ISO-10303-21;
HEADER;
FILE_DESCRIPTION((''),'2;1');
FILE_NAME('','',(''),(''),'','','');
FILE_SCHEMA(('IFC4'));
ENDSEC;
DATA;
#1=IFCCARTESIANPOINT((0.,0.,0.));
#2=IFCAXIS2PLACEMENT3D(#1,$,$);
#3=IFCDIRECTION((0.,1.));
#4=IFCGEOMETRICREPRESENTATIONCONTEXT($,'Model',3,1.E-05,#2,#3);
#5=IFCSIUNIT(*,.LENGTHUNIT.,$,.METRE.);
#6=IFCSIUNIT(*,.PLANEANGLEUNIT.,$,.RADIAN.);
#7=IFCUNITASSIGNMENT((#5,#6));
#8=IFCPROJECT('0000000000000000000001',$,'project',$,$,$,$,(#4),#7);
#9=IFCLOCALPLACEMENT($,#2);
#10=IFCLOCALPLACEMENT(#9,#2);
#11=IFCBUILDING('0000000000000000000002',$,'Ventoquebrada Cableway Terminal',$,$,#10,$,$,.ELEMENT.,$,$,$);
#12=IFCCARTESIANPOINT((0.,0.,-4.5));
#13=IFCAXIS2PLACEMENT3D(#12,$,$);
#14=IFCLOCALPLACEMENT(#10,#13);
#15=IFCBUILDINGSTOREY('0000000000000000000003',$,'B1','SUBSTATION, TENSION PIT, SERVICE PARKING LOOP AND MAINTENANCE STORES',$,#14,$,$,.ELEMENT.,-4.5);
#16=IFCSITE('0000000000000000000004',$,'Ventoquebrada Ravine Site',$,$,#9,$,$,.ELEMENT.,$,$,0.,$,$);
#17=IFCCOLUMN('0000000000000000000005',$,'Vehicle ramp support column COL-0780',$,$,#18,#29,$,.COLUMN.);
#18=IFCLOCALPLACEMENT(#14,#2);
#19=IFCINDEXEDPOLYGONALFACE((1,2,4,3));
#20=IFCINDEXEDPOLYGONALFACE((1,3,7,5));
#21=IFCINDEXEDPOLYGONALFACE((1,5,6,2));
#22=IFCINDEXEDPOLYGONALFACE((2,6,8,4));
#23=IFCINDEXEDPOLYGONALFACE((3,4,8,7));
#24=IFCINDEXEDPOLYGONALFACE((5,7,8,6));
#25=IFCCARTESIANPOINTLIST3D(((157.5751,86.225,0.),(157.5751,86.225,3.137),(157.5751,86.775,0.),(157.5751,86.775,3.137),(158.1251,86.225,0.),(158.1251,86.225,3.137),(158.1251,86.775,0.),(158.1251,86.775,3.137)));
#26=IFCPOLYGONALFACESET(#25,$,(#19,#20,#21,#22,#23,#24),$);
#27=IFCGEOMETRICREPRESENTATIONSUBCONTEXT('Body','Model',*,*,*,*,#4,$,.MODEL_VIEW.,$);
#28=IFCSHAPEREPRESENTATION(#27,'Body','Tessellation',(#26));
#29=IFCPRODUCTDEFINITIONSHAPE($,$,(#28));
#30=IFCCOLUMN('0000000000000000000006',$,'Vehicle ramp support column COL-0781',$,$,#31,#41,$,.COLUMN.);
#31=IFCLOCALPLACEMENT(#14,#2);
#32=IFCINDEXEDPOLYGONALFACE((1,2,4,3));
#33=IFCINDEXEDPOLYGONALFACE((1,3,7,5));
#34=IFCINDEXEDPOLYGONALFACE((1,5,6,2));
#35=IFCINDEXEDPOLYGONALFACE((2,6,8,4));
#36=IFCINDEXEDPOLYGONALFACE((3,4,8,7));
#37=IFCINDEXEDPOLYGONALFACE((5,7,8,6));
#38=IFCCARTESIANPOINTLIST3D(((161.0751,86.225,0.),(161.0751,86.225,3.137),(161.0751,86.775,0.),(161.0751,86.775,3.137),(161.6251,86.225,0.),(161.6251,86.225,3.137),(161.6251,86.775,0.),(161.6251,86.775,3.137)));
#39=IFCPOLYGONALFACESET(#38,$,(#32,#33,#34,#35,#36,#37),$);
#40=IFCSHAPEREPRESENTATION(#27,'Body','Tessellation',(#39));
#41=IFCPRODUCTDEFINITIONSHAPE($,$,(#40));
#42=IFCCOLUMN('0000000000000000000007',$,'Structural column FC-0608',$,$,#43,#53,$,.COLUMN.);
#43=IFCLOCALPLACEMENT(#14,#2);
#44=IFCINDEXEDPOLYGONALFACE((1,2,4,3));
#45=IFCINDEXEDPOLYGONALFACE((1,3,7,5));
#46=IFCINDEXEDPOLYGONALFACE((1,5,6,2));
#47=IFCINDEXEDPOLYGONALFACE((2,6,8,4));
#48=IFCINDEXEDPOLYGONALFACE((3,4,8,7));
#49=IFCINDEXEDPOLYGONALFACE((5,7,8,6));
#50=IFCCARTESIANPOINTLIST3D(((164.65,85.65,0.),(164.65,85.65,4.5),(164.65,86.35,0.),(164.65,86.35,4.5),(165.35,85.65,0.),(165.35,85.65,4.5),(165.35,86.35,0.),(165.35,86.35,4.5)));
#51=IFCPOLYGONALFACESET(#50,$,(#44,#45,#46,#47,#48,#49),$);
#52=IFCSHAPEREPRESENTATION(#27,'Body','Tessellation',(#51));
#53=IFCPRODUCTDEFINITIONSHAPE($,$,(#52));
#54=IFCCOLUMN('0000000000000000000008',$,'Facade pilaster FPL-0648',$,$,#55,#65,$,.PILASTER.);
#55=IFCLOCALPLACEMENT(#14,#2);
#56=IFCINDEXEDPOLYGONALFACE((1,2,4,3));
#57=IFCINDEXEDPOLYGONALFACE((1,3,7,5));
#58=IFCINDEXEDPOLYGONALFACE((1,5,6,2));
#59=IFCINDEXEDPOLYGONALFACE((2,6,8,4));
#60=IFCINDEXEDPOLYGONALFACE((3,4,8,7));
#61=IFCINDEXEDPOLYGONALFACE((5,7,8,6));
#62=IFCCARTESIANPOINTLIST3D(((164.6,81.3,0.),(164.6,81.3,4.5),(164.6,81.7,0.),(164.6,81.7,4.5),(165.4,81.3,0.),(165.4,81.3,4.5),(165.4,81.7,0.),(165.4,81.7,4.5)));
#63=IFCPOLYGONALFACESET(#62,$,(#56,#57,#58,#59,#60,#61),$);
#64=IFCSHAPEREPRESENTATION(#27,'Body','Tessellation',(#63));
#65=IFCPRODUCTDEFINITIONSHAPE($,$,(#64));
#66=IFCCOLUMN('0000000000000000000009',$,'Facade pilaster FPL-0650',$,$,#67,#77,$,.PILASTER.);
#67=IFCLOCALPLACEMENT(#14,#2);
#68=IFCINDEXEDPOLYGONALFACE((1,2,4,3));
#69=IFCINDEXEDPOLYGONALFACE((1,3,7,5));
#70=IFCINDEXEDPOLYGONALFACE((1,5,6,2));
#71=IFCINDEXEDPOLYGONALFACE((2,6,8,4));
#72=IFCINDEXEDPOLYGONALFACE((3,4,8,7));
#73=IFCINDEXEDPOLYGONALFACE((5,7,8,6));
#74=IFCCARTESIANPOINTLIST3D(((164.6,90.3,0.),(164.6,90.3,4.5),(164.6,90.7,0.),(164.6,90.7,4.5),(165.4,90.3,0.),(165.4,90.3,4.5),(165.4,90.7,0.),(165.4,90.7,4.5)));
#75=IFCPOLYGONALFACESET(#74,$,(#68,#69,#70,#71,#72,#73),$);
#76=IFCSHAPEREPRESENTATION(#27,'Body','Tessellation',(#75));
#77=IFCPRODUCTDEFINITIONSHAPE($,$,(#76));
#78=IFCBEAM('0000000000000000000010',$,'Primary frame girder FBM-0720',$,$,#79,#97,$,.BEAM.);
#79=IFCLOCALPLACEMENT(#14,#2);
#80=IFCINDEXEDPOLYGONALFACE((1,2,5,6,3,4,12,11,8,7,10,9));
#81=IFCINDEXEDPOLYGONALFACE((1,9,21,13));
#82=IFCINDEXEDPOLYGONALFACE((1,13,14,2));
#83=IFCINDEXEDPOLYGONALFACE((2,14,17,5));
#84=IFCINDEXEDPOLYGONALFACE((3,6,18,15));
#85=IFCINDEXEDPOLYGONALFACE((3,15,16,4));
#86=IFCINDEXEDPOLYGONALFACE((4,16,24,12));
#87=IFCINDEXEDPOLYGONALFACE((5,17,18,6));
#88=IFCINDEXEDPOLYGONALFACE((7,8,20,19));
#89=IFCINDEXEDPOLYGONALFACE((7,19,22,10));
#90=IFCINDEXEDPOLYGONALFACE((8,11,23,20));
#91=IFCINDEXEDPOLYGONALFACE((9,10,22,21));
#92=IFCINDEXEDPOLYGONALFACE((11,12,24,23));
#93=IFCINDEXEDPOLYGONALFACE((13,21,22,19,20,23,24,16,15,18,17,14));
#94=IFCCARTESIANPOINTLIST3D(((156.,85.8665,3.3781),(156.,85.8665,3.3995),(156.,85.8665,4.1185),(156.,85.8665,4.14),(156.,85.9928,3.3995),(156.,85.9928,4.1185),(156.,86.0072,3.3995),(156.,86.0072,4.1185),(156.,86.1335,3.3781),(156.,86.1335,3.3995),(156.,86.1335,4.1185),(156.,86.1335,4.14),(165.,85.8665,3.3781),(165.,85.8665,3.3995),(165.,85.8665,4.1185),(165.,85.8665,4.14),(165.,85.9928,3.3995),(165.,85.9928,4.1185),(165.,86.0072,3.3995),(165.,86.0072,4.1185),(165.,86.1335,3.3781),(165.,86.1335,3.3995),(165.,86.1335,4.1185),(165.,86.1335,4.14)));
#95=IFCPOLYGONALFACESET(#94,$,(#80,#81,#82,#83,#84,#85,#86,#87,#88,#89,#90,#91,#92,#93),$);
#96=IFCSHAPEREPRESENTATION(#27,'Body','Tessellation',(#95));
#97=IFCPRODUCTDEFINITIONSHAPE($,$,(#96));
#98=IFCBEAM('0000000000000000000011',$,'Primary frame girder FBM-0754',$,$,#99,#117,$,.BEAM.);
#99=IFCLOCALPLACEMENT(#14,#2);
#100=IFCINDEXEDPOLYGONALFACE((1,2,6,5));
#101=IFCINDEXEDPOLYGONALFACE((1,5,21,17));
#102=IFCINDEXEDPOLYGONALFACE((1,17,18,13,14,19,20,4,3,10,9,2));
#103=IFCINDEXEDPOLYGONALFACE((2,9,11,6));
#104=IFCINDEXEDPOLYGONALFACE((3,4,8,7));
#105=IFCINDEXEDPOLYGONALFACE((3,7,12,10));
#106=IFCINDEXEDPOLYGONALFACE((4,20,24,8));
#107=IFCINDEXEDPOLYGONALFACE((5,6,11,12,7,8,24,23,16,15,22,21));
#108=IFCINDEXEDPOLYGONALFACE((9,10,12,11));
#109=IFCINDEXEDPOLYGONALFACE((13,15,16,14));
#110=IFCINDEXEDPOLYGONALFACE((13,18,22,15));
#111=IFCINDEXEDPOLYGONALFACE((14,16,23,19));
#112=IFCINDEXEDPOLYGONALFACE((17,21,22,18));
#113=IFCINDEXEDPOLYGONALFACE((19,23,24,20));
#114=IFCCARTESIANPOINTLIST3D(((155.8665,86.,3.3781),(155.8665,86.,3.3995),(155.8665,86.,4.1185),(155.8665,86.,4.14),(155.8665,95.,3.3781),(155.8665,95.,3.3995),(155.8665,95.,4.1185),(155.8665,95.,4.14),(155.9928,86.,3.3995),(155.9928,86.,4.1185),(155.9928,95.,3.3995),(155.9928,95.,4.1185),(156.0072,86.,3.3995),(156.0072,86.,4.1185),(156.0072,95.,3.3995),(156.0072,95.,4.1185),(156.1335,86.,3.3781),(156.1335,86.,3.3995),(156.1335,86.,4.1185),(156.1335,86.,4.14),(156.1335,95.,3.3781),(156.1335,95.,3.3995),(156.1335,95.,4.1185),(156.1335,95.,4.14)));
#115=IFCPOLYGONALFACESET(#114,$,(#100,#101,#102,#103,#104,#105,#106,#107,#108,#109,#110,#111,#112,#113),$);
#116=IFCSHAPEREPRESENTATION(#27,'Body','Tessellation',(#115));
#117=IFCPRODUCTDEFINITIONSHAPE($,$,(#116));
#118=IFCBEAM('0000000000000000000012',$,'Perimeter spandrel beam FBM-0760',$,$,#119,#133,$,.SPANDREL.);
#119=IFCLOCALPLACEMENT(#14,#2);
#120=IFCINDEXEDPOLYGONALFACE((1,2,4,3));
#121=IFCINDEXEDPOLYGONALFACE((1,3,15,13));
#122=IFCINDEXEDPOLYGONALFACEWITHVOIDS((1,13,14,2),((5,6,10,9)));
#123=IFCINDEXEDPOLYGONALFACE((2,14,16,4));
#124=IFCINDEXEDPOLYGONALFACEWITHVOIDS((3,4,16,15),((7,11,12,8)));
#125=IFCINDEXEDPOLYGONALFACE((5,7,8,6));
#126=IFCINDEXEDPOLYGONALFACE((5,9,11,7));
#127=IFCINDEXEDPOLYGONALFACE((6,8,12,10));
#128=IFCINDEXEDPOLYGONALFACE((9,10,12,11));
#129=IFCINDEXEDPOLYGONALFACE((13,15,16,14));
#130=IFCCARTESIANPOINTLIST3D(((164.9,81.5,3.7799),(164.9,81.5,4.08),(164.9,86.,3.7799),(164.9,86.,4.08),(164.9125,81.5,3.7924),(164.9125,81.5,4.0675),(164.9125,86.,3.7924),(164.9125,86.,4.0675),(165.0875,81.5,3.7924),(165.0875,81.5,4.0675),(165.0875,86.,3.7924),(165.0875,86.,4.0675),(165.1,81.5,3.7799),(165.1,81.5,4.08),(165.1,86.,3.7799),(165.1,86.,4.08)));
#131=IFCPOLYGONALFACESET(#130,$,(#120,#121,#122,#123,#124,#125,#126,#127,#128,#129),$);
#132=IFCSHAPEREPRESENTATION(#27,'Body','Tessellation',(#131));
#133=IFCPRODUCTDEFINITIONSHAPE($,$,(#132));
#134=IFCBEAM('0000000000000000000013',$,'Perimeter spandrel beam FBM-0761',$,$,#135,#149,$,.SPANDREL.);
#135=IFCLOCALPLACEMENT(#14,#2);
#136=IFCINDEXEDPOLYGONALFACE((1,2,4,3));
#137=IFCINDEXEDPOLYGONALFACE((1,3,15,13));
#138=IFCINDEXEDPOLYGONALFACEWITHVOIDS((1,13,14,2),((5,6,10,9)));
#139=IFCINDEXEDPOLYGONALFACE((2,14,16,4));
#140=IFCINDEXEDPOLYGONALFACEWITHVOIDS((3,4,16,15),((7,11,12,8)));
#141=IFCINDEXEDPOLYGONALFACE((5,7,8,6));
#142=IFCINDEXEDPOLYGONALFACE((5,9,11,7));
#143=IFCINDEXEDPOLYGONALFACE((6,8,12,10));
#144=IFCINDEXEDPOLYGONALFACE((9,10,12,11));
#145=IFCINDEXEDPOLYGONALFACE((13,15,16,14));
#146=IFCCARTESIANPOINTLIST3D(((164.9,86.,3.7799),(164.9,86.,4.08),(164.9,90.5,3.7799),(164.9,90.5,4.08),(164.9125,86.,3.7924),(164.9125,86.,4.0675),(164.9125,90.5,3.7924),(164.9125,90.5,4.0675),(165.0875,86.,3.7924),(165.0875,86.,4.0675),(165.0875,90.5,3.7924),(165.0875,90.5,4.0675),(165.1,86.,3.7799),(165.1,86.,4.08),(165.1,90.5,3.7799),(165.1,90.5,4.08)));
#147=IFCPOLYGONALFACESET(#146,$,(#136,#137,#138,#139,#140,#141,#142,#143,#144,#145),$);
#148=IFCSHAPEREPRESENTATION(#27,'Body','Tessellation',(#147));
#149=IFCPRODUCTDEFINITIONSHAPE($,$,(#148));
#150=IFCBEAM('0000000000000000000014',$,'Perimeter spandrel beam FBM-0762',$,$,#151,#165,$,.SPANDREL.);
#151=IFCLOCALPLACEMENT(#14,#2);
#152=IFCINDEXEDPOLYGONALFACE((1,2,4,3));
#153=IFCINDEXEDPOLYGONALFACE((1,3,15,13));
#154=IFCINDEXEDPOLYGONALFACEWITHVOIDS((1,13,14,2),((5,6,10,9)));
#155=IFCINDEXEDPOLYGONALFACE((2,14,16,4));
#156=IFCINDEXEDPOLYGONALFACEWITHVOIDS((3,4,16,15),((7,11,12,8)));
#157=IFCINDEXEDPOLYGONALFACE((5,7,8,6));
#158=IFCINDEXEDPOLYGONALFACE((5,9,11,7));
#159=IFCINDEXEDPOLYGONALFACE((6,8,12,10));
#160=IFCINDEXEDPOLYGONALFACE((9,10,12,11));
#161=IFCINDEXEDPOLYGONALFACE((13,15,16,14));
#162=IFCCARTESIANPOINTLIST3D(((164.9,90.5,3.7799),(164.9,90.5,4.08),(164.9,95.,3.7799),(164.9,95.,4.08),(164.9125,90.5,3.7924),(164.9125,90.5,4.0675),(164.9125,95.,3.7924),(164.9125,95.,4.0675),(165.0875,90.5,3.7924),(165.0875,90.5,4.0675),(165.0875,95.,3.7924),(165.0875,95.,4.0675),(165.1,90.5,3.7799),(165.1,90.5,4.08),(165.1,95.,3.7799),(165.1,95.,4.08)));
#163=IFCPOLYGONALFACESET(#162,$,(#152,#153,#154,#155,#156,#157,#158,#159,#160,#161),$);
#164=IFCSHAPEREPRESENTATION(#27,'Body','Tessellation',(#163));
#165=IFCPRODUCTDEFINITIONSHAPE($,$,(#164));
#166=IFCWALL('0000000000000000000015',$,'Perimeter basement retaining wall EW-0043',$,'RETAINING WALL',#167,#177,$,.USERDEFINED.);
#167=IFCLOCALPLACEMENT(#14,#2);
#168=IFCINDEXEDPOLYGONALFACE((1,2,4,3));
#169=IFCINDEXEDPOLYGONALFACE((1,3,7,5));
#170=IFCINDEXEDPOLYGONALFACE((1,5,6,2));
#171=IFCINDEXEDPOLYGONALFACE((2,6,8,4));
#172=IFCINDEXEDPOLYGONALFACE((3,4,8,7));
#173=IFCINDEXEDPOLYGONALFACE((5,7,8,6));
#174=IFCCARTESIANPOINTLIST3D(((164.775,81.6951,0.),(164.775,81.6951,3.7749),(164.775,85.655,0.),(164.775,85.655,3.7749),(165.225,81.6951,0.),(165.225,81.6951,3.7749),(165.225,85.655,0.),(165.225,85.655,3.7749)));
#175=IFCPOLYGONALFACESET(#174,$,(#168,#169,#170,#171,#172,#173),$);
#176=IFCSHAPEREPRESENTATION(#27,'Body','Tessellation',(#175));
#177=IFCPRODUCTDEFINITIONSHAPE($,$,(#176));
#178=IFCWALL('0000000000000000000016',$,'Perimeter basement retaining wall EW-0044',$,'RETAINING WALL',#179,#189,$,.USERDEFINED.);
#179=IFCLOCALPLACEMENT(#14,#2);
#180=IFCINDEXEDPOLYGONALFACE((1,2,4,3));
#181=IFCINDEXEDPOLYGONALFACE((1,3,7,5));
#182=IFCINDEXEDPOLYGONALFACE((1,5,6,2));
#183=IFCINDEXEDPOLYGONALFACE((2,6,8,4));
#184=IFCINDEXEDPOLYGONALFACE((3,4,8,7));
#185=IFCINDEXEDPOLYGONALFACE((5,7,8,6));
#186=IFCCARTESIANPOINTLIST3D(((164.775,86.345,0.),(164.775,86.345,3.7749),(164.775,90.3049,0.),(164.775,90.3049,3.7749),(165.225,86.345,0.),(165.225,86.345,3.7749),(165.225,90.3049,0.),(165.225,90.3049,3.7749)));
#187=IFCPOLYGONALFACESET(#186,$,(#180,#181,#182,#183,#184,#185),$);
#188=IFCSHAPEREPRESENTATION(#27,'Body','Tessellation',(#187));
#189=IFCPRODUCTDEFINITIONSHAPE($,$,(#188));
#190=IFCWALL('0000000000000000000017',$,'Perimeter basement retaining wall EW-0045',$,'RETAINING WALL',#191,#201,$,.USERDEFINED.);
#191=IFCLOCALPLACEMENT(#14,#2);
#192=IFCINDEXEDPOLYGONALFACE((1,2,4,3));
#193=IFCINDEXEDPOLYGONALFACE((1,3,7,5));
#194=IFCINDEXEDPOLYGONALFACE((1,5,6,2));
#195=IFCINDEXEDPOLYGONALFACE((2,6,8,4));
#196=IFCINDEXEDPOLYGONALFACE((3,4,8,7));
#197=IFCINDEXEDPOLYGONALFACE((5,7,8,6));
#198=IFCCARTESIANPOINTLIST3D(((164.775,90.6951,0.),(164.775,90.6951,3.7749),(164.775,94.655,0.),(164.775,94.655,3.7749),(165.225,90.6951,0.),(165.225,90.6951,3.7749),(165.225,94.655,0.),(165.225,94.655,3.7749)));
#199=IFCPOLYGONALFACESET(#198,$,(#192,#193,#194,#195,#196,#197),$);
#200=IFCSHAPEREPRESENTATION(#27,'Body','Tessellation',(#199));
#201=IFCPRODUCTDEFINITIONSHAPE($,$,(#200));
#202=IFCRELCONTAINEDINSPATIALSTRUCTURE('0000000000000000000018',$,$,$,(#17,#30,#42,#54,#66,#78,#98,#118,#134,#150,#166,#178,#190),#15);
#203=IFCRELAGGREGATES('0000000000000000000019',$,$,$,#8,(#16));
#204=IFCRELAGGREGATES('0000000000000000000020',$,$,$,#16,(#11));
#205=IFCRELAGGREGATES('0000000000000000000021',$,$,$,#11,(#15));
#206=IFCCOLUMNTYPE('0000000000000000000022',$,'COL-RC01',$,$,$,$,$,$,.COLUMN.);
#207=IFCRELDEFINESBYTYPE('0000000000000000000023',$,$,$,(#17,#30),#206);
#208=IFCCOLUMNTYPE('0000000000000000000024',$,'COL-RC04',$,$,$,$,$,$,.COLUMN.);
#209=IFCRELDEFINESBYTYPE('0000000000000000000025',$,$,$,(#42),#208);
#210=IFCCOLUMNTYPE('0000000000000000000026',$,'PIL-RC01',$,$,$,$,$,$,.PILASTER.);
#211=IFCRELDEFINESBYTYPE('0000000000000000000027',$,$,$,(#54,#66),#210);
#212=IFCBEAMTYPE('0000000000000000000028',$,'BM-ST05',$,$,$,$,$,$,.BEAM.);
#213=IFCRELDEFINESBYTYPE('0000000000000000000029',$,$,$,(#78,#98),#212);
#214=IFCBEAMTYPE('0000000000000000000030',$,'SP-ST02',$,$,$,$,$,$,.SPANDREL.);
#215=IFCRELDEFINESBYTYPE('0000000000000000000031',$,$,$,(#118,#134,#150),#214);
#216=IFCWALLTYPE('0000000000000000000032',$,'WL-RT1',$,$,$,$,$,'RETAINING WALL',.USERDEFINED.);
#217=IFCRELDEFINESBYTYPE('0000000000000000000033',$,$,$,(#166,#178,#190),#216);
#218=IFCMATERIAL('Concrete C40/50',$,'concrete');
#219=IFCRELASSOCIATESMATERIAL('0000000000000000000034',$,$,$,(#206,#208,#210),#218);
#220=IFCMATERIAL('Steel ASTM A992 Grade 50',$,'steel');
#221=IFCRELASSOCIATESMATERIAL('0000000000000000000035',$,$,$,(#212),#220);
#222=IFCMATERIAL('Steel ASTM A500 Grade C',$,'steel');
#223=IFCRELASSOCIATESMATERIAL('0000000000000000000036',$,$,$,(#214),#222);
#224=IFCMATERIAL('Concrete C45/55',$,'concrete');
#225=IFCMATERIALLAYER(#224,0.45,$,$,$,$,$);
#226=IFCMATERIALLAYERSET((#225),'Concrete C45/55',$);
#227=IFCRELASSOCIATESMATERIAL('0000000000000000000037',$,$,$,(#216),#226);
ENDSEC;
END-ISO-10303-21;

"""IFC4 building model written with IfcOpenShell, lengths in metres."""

from ifc_helpers import new_model, si_unit, direction, frame, frame_2d, origin, origin_2d, place, context, subcontext, project, spatial, rectangle, hollow_rectangle, i_section, extrude, material, layer, layer_set, material_profile, profile_set, type_object, element, save


model = new_model("IFC4")

# Units and contexts
model_context = context("Model", 3, precision=1e-05, world=origin(), true_north=direction((0.0, 1.0)))
body_context = subcontext(model_context, "Body", "Model", "MODEL_VIEW")
ifc_project = project(units=[si_unit("LENGTHUNIT", "METRE"), si_unit("PLANEANGLEUNIT", "RADIAN")], contexts=[model_context])

# Site, building, storey
site_placement = place(None, origin())
site = spatial("IfcSite", under=ifc_project, at=site_placement, Name="Ventoquebrada Ravine Site", CompositionType="ELEMENT", RefElevation=0.0)
building_placement = place(site_placement, origin())
building = spatial("IfcBuilding", under=site, at=building_placement, Name="Ventoquebrada Cableway Terminal", CompositionType="ELEMENT")
storey_placement = place(building_placement, frame((0.0, 0.0, -4.5)))
storey = spatial("IfcBuildingStorey", under=building, at=storey_placement, Name="B1", Description="SUBSTATION, TENSION PIT, SERVICE PARKING LOOP AND MAINTENANCE STORES", CompositionType="ELEMENT", Elevation=-4.5)

# Shared definitions
ifc_material_1 = material(Name="Concrete C40/50", Category="concrete")

# Columns
ifc_material_profile_1 = material_profile(ifc_material_1, rectangle(XDim=0.55, YDim=0.55, at=origin_2d()), Name="RC-COL-550X550")
ifc_profile_set_1 = profile_set([ifc_material_profile_1], Name="Concrete C40/50")
column_type_1 = type_object("IfcColumnType", Name="COL-RC01", PredefinedType="COLUMN", material=ifc_profile_set_1)
for number, where, z_axis, x_axis, name in (
    (1, (157.8501, 86.5, 0.0), (0.0, 0.0, 1.0), (1.0, 0.0, 0.0), "Vehicle ramp support column COL-0780"),
    (2, (161.3501, 86.5, 0.0), (0.0, 0.0, 1.0), (1.0, 0.0, 0.0), "Vehicle ramp support column COL-0781"),
):
    element("IfcColumn", number, at=place(storey_placement, frame(where, z_axis=z_axis, x_axis=x_axis)), inside=storey, type_object=column_type_1, Name=name, PredefinedType="COLUMN", context=body_context, shape_type="SweptSolid", body=[
        extrude(rectangle(XDim=0.55, YDim=0.55, at=origin_2d()), origin(), (0.0, 0.0, 1.0), 3.137),
    ])
ifc_material_profile_2 = material_profile(ifc_material_1, rectangle(XDim=0.7, YDim=0.7, at=origin_2d()), Name="RC-COL-700X700")
ifc_profile_set_2 = profile_set([ifc_material_profile_2], Name="Concrete C40/50")
column_type_2 = type_object("IfcColumnType", Name="COL-RC04", PredefinedType="COLUMN", material=ifc_profile_set_2)
column_placement = place(storey_placement, frame((165.0, 86.0, 0.0), z_axis=(0.0, 0.0, 1.0), x_axis=(1.0, 0.0, 0.0)))
element("IfcColumn", 3, at=column_placement, inside=storey, type_object=column_type_2, Name="Structural column FC-0608", PredefinedType="COLUMN", context=body_context, shape_type="SweptSolid", body=[
    extrude(rectangle(XDim=0.7, YDim=0.7, at=origin_2d()), origin(), (0.0, 0.0, 1.0), 4.5),
])
ifc_material_profile_3 = material_profile(ifc_material_1, rectangle(XDim=0.3999, YDim=0.8, at=origin_2d()), Name="RC-PIL-400X800")
ifc_profile_set_3 = profile_set([ifc_material_profile_3], Name="Concrete C40/50")
column_type_3 = type_object("IfcColumnType", Name="PIL-RC01", PredefinedType="PILASTER", material=ifc_profile_set_3)
for number, where, z_axis, x_axis, name in (
    (4, (165.0, 81.5, 0.0), (0.0, 0.0, 1.0), (0.0, 1.0, 0.0), "Facade pilaster FPL-0648"),
    (5, (165.0, 90.5, 0.0), (0.0, 0.0, 1.0), (0.0, 1.0, 0.0), "Facade pilaster FPL-0650"),
):
    element("IfcColumn", number, at=place(storey_placement, frame(where, z_axis=z_axis, x_axis=x_axis)), inside=storey, type_object=column_type_3, Name=name, PredefinedType="PILASTER", context=body_context, shape_type="SweptSolid", body=[
        extrude(rectangle(XDim=0.3999, YDim=0.8, at=origin_2d()), origin(), (0.0, 0.0, 1.0), 4.5),
    ])

# Beams
ifc_material_2 = material(Name="Steel ASTM A992 Grade 50", Category="steel")
ifc_material_profile_4 = material_profile(ifc_material_2, i_section(OverallWidth=0.2671, OverallDepth=0.762, WebThickness=0.0144, FlangeThickness=0.0215, at=origin_2d()), Name="W30X116")
ifc_profile_set_4 = profile_set([ifc_material_profile_4], Name="Steel ASTM A992 Grade 50")
beam_type_1 = type_object("IfcBeamType", Name="BM-ST05", PredefinedType="BEAM", material=ifc_profile_set_4)
for number, where, z_axis, x_axis, name in (
    (6, (156.0, 86.0, 3.759), (1.0, 0.0, 0.0), (0.0, 1.0, 0.0), "Primary frame girder FBM-0720"),
    (7, (156.0, 86.0, 3.759), (0.0, 1.0, 0.0), (-1.0, 0.0, 0.0), "Primary frame girder FBM-0754"),
):
    element("IfcBeam", number, at=place(storey_placement, frame(where, z_axis=z_axis, x_axis=x_axis)), inside=storey, type_object=beam_type_1, Name=name, PredefinedType="BEAM", context=body_context, shape_type="SweptSolid", body=[
        extrude(i_section(OverallWidth=0.2671, OverallDepth=0.762, WebThickness=0.0144, FlangeThickness=0.0215, at=origin_2d()), origin(), (0.0, 0.0, 1.0), 9.0),
    ])
ifc_material_3 = material(Name="Steel ASTM A500 Grade C", Category="steel")
ifc_material_profile_5 = material_profile(ifc_material_3, hollow_rectangle(XDim=0.2, YDim=0.3, WallThickness=0.0125, at=origin_2d()), Name="RHS300X200X12.5")
ifc_profile_set_5 = profile_set([ifc_material_profile_5], Name="Steel ASTM A500 Grade C")
beam_type_2 = type_object("IfcBeamType", Name="SP-ST02", PredefinedType="SPANDREL", material=ifc_profile_set_5)
for number, where, z_axis, x_axis, name in (
    (8, (165.0, 81.5, 3.9299), (0.0, 1.0, 0.0), (-1.0, 0.0, 0.0), "Perimeter spandrel beam FBM-0760"),
    (9, (165.0, 86.0, 3.9299), (0.0, 1.0, 0.0), (-1.0, 0.0, 0.0), "Perimeter spandrel beam FBM-0761"),
    (10, (165.0, 90.5, 3.9299), (0.0, 1.0, 0.0), (-1.0, 0.0, 0.0), "Perimeter spandrel beam FBM-0762"),
):
    element("IfcBeam", number, at=place(storey_placement, frame(where, z_axis=z_axis, x_axis=x_axis)), inside=storey, type_object=beam_type_2, Name=name, PredefinedType="SPANDREL", context=body_context, shape_type="SweptSolid", body=[
        extrude(hollow_rectangle(XDim=0.2, YDim=0.3, WallThickness=0.0125, at=origin_2d()), origin(), (0.0, 0.0, 1.0), 4.5),
    ])

# Walls
ifc_material_4 = material(Name="Concrete C45/55", Category="concrete")
ifc_layer = layer(ifc_material_4, 0.45)
ifc_layer_set = layer_set([ifc_layer], Name="Concrete C45/55")
wall_type = type_object("IfcWallType", Name="WL-RT1", ElementType="RETAINING WALL", PredefinedType="USERDEFINED", material=ifc_layer_set)
for number, where, z_axis, x_axis, name in (
    (11, (165.0, 81.6951, 0.0), (0.0, 0.0, 1.0), (0.0, 1.0, 0.0), "Perimeter basement retaining wall EW-0043"),
    (12, (165.0, 86.345, 0.0), (0.0, 0.0, 1.0), (0.0, 1.0, 0.0), "Perimeter basement retaining wall EW-0044"),
    (13, (165.0, 90.6951, 0.0), (0.0, 0.0, 1.0), (0.0, 1.0, 0.0), "Perimeter basement retaining wall EW-0045"),
):
    element("IfcWall", number, at=place(storey_placement, frame(where, z_axis=z_axis, x_axis=x_axis)), inside=storey, type_object=wall_type, Name=name, ObjectType="RETAINING WALL", PredefinedType="USERDEFINED", context=body_context, shape_type="SweptSolid", body=[
        extrude(rectangle(XDim=3.96, YDim=0.45, at=frame_2d((1.98, 0.0))), origin(), (0.0, 0.0, 1.0), 3.7749),
    ])

save(model, "model.ifc")
